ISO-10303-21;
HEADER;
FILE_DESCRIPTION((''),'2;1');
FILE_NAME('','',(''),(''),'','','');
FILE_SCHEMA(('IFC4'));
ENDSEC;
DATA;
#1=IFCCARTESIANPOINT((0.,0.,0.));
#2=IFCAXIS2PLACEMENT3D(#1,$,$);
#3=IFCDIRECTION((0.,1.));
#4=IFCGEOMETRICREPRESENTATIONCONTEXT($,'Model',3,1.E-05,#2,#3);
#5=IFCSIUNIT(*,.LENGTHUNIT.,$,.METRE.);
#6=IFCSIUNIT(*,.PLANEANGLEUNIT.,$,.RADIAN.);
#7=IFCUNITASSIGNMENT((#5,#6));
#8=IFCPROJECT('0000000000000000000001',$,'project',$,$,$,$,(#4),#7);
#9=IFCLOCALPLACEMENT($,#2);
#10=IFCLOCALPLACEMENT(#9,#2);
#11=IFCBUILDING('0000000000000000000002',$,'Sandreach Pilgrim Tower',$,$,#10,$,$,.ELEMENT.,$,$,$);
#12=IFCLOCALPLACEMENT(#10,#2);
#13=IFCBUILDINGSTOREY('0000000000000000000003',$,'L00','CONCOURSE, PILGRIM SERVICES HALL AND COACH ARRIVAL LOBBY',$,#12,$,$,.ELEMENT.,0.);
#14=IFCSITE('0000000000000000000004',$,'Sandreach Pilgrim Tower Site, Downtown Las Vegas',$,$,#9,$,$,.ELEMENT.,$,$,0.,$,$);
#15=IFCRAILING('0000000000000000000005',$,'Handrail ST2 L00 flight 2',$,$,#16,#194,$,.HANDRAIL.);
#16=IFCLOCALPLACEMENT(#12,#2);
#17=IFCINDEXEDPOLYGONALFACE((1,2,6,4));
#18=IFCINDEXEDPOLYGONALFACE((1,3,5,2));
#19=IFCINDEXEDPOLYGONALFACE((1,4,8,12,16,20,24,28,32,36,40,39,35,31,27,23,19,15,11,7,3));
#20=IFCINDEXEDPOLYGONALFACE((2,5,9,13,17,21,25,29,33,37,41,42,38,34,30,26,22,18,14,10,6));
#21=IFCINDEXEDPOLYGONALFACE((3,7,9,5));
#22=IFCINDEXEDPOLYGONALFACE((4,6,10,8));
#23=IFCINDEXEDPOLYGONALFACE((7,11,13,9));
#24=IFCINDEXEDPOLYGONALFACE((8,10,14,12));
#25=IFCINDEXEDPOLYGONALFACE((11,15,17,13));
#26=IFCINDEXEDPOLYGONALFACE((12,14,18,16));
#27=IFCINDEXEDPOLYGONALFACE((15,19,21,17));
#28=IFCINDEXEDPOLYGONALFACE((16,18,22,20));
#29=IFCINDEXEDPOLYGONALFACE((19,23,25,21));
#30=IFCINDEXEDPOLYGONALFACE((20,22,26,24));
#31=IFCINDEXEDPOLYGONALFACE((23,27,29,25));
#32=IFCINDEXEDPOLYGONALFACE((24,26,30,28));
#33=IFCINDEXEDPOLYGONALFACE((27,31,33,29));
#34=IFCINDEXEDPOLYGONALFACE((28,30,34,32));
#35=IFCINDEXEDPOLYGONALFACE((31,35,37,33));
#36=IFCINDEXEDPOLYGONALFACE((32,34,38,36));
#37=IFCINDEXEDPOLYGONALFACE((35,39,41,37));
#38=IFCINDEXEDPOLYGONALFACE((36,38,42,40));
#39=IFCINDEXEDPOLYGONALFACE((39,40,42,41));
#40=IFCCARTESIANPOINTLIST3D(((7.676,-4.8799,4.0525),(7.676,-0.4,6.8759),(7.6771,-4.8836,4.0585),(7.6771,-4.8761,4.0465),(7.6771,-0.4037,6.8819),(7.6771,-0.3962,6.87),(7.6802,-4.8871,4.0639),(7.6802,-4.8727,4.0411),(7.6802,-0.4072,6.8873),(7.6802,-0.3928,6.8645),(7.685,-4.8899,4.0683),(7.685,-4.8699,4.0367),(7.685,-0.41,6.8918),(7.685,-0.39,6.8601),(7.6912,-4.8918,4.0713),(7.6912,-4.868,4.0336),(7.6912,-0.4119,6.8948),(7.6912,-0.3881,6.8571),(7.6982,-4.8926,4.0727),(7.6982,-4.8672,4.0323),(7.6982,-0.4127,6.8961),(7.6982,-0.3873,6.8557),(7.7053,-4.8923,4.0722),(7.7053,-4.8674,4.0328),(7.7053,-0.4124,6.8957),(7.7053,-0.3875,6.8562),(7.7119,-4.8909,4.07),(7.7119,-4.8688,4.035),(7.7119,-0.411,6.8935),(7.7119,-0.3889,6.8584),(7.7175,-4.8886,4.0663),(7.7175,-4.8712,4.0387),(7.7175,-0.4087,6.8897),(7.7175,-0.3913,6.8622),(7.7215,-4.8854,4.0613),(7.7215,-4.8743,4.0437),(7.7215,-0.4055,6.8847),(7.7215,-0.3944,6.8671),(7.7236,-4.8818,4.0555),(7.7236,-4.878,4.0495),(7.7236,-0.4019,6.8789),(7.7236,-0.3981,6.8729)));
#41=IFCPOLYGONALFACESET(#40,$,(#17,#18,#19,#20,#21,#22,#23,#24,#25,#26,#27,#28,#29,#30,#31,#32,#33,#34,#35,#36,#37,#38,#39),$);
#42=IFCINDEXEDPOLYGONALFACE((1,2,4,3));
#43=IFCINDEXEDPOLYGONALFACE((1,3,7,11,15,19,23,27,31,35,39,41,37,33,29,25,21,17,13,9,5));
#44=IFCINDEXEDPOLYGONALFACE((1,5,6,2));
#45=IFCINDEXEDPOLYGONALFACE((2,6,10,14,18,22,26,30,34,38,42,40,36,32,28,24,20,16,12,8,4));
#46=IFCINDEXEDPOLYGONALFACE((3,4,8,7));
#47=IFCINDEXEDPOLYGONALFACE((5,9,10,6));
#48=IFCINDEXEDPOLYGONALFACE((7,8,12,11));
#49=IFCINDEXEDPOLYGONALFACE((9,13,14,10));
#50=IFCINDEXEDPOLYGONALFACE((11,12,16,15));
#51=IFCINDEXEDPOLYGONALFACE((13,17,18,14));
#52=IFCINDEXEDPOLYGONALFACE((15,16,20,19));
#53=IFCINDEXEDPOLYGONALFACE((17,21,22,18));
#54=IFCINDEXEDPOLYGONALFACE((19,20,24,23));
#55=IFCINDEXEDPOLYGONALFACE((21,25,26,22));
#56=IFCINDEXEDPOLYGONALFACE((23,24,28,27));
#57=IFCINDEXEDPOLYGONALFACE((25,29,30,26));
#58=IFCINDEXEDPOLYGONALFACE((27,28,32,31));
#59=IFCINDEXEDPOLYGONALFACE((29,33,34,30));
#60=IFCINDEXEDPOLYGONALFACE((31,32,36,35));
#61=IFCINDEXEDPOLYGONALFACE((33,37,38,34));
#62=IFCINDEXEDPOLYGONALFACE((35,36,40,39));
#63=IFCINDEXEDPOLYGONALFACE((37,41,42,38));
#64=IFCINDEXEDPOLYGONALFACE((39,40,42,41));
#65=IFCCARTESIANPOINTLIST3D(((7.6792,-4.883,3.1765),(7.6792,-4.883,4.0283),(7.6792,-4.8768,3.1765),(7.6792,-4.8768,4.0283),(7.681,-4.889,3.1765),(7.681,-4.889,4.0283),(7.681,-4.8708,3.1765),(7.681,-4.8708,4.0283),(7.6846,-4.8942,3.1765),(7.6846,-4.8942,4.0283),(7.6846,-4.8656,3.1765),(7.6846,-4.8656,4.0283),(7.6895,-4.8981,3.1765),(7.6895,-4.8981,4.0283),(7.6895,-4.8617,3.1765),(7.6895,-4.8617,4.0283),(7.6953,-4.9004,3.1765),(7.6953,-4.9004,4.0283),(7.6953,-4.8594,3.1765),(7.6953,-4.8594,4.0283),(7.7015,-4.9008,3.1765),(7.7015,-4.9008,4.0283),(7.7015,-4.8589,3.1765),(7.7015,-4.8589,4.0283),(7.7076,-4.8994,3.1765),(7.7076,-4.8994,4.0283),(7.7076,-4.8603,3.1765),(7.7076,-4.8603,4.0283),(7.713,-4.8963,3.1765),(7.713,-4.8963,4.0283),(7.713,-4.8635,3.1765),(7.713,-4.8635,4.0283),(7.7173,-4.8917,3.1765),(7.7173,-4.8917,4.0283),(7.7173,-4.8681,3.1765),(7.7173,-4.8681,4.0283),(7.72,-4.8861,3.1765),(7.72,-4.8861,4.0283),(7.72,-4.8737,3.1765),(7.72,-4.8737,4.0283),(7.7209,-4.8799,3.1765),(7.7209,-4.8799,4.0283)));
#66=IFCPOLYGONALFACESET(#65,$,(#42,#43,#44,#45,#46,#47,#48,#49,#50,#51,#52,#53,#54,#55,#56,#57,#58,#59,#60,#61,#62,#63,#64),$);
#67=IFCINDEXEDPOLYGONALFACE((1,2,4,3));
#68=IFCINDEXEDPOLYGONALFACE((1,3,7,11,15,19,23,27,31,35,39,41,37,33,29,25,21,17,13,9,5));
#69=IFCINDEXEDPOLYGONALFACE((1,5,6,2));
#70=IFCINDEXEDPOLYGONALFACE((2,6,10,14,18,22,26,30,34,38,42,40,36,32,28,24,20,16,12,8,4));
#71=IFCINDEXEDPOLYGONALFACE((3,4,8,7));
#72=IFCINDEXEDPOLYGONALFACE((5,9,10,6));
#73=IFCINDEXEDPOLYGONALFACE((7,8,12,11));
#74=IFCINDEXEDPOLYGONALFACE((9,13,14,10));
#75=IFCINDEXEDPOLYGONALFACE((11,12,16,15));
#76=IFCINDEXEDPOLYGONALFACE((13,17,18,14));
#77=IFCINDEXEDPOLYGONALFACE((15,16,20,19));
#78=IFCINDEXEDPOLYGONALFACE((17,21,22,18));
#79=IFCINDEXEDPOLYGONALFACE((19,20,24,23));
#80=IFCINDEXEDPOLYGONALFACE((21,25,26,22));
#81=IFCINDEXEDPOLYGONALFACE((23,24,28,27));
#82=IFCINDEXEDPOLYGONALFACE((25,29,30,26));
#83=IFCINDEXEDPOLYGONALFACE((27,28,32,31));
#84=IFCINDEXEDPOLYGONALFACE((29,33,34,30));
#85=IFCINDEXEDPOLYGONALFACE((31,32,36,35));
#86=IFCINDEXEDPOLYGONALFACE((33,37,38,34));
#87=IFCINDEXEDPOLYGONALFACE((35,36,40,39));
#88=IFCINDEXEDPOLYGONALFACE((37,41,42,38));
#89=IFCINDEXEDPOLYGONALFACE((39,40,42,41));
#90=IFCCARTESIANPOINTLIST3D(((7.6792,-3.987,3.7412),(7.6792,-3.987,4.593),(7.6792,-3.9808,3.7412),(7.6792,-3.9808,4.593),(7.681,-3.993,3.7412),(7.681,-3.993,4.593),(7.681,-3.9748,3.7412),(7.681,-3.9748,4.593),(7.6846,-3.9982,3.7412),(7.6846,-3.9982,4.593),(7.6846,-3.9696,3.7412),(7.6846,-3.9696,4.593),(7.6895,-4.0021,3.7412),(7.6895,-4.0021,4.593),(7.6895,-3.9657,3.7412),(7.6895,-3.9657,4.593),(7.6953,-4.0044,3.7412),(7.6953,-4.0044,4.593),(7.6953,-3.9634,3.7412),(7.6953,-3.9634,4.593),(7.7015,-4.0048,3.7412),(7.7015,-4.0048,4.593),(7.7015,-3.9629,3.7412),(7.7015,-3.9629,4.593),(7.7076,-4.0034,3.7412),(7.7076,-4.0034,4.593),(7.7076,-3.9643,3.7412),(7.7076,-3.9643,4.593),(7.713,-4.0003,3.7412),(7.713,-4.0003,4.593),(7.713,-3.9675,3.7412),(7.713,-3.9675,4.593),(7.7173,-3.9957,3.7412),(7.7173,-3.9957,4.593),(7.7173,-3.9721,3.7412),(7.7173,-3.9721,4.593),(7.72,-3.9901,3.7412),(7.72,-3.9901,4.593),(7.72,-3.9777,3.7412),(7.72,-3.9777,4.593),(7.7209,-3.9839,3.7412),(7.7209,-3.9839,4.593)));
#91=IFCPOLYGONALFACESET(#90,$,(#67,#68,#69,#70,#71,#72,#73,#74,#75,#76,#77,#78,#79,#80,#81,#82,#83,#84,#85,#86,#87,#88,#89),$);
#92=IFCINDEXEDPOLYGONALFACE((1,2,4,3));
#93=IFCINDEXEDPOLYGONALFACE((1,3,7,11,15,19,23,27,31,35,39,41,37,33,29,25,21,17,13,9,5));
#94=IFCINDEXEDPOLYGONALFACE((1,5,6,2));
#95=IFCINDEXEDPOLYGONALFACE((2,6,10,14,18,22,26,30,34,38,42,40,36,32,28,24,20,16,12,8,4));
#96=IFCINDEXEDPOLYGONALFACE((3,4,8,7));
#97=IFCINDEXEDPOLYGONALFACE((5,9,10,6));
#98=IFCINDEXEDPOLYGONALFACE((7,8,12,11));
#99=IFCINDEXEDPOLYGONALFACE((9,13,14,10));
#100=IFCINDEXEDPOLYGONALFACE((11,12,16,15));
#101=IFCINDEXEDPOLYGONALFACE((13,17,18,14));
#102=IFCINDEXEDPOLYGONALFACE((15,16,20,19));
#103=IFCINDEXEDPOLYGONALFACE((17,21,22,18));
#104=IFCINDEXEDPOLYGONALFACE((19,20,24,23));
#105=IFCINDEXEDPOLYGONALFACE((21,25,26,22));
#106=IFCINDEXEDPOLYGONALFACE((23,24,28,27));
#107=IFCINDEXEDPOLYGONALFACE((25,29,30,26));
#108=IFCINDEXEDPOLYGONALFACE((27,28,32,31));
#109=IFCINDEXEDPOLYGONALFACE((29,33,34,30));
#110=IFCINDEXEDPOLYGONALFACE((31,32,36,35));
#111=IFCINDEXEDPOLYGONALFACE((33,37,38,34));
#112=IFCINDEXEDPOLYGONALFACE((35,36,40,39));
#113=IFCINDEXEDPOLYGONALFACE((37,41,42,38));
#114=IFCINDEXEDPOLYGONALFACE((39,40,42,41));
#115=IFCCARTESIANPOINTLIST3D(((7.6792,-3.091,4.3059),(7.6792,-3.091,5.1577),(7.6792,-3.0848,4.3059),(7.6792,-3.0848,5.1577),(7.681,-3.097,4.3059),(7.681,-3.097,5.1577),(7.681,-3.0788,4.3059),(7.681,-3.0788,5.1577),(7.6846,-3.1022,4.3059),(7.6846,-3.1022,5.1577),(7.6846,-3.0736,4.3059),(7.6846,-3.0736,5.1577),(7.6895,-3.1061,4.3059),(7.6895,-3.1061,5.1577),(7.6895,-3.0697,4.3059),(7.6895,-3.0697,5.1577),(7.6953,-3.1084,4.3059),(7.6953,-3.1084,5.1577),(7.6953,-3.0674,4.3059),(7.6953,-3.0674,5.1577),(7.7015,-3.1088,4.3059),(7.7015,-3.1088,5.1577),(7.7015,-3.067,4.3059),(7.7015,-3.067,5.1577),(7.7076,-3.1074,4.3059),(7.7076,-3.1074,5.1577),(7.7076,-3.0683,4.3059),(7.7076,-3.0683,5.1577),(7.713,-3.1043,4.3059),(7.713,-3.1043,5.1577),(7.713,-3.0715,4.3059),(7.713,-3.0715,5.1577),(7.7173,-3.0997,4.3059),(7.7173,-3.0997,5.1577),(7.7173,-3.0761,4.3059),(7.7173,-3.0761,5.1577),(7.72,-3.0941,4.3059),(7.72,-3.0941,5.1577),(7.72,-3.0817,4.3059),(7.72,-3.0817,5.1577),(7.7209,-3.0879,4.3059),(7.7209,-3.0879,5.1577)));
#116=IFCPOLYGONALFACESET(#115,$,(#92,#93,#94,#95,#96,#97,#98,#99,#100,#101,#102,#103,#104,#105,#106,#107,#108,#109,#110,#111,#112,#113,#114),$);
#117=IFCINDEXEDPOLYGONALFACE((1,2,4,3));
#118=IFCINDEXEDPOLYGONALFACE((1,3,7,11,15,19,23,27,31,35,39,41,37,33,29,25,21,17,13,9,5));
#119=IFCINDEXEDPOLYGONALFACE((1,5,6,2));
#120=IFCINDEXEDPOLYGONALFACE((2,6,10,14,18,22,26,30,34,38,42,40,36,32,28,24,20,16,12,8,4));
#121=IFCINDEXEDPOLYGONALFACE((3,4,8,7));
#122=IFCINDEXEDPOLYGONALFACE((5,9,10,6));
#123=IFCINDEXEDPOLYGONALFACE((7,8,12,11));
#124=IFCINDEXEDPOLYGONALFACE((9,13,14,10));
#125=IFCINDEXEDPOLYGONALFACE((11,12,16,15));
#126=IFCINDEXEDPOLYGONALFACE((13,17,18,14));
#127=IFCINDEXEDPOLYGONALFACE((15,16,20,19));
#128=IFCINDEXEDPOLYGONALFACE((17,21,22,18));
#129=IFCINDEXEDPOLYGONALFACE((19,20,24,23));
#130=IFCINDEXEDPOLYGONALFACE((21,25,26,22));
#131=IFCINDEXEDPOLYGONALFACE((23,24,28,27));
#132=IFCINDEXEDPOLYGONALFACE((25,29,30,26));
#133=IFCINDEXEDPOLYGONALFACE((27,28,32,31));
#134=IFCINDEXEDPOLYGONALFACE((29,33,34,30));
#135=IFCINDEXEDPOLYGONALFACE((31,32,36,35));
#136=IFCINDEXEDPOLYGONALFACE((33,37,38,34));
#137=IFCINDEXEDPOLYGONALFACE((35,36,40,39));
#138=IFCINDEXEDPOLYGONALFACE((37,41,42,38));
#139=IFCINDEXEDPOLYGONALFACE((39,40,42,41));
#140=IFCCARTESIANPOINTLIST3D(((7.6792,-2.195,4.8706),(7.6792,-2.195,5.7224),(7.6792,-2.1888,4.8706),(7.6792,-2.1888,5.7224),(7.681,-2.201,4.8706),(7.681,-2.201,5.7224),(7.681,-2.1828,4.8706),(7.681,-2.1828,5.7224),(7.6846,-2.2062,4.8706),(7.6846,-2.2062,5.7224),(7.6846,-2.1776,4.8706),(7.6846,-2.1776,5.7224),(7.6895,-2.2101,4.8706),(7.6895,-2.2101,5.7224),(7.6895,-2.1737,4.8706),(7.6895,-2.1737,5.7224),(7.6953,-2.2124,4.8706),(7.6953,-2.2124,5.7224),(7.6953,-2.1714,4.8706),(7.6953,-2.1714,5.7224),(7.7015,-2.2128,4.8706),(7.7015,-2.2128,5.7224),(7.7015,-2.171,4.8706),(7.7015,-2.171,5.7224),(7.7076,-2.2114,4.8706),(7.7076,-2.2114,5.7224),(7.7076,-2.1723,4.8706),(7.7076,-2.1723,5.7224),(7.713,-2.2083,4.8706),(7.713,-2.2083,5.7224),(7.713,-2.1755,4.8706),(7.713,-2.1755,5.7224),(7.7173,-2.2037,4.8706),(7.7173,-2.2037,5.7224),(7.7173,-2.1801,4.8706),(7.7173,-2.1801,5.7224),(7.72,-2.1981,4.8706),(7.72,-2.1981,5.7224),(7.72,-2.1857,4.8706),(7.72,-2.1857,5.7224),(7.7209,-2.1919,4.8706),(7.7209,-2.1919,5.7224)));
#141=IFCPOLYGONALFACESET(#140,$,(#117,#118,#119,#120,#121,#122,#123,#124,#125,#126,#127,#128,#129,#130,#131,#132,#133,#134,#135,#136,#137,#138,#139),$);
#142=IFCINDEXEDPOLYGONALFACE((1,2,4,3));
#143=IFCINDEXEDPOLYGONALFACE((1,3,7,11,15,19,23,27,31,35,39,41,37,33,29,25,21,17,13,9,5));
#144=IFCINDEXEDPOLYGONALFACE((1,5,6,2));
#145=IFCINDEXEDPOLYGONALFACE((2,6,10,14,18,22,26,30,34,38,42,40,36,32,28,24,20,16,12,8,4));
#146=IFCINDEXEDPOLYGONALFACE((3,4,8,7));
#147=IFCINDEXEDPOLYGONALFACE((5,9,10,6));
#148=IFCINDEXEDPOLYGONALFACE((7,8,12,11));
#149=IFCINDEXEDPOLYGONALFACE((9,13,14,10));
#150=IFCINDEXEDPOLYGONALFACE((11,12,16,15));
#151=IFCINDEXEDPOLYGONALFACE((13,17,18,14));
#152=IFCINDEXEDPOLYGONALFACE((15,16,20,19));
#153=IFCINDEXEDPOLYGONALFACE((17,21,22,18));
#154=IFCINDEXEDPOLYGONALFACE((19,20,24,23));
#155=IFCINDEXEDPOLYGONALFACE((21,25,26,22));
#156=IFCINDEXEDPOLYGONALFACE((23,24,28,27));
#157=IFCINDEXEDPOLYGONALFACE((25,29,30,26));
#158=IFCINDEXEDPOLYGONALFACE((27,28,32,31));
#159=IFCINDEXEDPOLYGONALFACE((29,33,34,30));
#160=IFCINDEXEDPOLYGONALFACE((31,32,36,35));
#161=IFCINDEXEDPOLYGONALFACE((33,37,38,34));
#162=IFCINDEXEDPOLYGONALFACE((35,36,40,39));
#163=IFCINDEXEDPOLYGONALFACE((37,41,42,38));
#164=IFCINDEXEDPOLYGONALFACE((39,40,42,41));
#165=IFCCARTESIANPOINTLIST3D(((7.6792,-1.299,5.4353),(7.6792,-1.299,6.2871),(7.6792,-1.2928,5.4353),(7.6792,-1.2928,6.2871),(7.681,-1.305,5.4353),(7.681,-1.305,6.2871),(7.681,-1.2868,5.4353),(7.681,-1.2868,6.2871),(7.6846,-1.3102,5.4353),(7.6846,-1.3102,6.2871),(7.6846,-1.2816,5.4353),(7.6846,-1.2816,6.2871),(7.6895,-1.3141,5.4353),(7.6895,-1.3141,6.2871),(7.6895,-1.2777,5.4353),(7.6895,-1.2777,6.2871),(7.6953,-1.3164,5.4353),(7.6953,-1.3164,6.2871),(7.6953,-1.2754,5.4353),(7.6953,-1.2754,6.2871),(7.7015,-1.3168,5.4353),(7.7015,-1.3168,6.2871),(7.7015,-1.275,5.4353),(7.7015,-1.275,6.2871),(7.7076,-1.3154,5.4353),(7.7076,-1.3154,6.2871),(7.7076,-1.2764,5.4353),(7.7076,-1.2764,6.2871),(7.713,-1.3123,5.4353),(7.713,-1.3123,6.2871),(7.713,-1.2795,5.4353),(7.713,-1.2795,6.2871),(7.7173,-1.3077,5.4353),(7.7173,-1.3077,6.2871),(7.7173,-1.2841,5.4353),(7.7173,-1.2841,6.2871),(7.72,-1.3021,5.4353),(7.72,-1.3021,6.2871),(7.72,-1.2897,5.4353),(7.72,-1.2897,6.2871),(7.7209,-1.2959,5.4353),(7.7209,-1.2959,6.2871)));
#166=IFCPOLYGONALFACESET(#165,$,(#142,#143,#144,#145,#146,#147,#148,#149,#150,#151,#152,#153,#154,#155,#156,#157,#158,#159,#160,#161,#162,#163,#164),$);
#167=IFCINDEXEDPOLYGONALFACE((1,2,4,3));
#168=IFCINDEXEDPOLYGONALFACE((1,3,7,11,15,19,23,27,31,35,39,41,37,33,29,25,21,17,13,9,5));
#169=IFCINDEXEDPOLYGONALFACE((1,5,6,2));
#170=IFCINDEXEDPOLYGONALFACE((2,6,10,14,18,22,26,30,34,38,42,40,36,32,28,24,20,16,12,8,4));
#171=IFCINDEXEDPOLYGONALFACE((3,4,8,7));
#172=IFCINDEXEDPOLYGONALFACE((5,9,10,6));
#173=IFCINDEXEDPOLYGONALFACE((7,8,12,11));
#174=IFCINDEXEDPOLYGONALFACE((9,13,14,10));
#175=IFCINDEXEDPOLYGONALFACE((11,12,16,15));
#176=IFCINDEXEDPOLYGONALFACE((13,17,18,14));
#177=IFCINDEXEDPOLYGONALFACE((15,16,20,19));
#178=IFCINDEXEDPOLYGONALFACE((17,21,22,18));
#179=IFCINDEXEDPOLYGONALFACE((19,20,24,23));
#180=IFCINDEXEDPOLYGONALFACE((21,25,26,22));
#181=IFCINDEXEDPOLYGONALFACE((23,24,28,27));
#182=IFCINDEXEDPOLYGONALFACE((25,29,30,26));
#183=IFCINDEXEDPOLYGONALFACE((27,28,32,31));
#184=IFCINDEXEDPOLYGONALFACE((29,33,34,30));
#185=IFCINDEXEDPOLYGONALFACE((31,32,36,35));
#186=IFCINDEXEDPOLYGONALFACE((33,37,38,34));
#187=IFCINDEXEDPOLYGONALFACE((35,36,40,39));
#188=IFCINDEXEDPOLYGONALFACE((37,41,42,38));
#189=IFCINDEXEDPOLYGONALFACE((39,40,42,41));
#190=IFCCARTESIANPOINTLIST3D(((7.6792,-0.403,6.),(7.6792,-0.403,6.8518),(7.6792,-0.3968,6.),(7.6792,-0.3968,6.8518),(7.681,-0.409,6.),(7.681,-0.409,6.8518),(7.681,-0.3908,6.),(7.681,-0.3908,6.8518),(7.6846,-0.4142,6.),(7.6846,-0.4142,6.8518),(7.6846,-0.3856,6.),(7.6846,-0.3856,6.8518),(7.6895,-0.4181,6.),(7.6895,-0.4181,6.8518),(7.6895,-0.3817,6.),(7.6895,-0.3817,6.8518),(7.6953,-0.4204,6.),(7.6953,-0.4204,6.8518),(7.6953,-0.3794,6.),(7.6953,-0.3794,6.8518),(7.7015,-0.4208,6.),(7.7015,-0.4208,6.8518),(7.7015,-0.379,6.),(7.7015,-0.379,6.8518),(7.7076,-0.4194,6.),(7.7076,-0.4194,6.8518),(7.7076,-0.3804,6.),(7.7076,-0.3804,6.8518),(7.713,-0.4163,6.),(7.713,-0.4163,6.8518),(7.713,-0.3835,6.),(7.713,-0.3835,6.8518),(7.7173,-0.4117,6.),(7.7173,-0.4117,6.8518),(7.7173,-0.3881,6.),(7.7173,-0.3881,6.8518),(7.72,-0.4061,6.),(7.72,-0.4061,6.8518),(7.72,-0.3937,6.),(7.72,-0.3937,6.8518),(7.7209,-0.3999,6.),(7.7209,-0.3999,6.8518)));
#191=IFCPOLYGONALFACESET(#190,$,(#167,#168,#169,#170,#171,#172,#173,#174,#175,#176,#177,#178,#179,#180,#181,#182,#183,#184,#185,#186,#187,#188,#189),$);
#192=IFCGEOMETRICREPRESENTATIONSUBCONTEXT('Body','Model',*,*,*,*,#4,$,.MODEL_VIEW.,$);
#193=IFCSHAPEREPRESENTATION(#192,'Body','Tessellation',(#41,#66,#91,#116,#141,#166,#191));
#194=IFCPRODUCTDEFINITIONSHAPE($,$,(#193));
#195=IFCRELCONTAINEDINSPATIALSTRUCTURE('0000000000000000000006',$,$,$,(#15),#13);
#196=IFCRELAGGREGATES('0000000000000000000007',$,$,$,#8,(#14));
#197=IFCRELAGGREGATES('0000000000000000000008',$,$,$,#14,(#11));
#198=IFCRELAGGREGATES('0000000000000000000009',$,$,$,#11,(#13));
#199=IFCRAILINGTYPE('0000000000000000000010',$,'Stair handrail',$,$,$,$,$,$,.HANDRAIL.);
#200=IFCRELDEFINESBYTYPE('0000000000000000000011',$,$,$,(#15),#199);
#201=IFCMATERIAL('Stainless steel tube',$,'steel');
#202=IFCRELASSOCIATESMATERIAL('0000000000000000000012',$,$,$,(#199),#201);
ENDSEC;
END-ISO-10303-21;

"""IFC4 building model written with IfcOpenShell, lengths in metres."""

from ifc_helpers import new_model, si_unit, direction, frame, origin, origin_2d, place, context, subcontext, project, spatial, circle, extrude, material, type_object, element, save


model = new_model("IFC4")

# Units and contexts
model_context = context("Model", 3, precision=1e-05, world=origin(), true_north=direction((0.0, 1.0)))
body_context = subcontext(model_context, "Body", "Model", "MODEL_VIEW")
ifc_project = project(units=[si_unit("LENGTHUNIT", "METRE"), si_unit("PLANEANGLEUNIT", "RADIAN")], contexts=[model_context])

# Site, building, storey
site_placement = place(None, origin())
site = spatial("IfcSite", under=ifc_project, at=site_placement, Name="Sandreach Pilgrim Tower Site, Downtown Las Vegas", CompositionType="ELEMENT", RefElevation=0.0)
building_placement = place(site_placement, origin())
building = spatial("IfcBuilding", under=site, at=building_placement, Name="Sandreach Pilgrim Tower", CompositionType="ELEMENT")
storey_placement = place(building_placement, origin())
storey = spatial("IfcBuildingStorey", under=building, at=storey_placement, Name="L00", Description="CONCOURSE, PILGRIM SERVICES HALL AND COACH ARRIVAL LOBBY", CompositionType="ELEMENT", Elevation=0.0)

# Railing
ifc_material_1 = material(Name="Stainless steel tube", Category="steel")
railing_type = type_object("IfcRailingType", Name="Stair handrail", PredefinedType="HANDRAIL", material=ifc_material_1)
railing_placement = place(storey_placement, frame((7.7, -4.8799, 3.1765)))
element("IfcRailing", 1, at=railing_placement, inside=storey, type_object=railing_type, Name="Handrail ST2 L00 flight 2", PredefinedType="HANDRAIL", context=body_context, shape_type="SweptSolid", body=[
    extrude(circle(Radius=0.0239, at=origin_2d()), frame((0.0, 0.0, 0.876), z_axis=(0.0, 0.845998, 0.533186), x_axis=(-1.0, 0.0, 0.0)), (0.0, 0.0, 1.0), 5.2954),
    extrude(circle(Radius=0.021, at=origin_2d()), origin(), (0.0, 0.0, 1.0), 0.8518),
    extrude(circle(Radius=0.021, at=origin_2d()), frame((0.0, 0.896, 0.5647)), (0.0, 0.0, 1.0), 0.8518),
    extrude(circle(Radius=0.021, at=origin_2d()), frame((0.0, 1.792, 1.1294)), (0.0, 0.0, 1.0), 0.8518),
    extrude(circle(Radius=0.021, at=origin_2d()), frame((0.0, 2.688, 1.6941)), (0.0, 0.0, 1.0), 0.8518),
    extrude(circle(Radius=0.021, at=origin_2d()), frame((0.0, 3.584, 2.2588)), (0.0, 0.0, 1.0), 0.8518),
    extrude(circle(Radius=0.021, at=origin_2d()), frame((0.0, 4.48, 2.8235)), (0.0, 0.0, 1.0), 0.8518),
])

save(model, "model.ifc")
